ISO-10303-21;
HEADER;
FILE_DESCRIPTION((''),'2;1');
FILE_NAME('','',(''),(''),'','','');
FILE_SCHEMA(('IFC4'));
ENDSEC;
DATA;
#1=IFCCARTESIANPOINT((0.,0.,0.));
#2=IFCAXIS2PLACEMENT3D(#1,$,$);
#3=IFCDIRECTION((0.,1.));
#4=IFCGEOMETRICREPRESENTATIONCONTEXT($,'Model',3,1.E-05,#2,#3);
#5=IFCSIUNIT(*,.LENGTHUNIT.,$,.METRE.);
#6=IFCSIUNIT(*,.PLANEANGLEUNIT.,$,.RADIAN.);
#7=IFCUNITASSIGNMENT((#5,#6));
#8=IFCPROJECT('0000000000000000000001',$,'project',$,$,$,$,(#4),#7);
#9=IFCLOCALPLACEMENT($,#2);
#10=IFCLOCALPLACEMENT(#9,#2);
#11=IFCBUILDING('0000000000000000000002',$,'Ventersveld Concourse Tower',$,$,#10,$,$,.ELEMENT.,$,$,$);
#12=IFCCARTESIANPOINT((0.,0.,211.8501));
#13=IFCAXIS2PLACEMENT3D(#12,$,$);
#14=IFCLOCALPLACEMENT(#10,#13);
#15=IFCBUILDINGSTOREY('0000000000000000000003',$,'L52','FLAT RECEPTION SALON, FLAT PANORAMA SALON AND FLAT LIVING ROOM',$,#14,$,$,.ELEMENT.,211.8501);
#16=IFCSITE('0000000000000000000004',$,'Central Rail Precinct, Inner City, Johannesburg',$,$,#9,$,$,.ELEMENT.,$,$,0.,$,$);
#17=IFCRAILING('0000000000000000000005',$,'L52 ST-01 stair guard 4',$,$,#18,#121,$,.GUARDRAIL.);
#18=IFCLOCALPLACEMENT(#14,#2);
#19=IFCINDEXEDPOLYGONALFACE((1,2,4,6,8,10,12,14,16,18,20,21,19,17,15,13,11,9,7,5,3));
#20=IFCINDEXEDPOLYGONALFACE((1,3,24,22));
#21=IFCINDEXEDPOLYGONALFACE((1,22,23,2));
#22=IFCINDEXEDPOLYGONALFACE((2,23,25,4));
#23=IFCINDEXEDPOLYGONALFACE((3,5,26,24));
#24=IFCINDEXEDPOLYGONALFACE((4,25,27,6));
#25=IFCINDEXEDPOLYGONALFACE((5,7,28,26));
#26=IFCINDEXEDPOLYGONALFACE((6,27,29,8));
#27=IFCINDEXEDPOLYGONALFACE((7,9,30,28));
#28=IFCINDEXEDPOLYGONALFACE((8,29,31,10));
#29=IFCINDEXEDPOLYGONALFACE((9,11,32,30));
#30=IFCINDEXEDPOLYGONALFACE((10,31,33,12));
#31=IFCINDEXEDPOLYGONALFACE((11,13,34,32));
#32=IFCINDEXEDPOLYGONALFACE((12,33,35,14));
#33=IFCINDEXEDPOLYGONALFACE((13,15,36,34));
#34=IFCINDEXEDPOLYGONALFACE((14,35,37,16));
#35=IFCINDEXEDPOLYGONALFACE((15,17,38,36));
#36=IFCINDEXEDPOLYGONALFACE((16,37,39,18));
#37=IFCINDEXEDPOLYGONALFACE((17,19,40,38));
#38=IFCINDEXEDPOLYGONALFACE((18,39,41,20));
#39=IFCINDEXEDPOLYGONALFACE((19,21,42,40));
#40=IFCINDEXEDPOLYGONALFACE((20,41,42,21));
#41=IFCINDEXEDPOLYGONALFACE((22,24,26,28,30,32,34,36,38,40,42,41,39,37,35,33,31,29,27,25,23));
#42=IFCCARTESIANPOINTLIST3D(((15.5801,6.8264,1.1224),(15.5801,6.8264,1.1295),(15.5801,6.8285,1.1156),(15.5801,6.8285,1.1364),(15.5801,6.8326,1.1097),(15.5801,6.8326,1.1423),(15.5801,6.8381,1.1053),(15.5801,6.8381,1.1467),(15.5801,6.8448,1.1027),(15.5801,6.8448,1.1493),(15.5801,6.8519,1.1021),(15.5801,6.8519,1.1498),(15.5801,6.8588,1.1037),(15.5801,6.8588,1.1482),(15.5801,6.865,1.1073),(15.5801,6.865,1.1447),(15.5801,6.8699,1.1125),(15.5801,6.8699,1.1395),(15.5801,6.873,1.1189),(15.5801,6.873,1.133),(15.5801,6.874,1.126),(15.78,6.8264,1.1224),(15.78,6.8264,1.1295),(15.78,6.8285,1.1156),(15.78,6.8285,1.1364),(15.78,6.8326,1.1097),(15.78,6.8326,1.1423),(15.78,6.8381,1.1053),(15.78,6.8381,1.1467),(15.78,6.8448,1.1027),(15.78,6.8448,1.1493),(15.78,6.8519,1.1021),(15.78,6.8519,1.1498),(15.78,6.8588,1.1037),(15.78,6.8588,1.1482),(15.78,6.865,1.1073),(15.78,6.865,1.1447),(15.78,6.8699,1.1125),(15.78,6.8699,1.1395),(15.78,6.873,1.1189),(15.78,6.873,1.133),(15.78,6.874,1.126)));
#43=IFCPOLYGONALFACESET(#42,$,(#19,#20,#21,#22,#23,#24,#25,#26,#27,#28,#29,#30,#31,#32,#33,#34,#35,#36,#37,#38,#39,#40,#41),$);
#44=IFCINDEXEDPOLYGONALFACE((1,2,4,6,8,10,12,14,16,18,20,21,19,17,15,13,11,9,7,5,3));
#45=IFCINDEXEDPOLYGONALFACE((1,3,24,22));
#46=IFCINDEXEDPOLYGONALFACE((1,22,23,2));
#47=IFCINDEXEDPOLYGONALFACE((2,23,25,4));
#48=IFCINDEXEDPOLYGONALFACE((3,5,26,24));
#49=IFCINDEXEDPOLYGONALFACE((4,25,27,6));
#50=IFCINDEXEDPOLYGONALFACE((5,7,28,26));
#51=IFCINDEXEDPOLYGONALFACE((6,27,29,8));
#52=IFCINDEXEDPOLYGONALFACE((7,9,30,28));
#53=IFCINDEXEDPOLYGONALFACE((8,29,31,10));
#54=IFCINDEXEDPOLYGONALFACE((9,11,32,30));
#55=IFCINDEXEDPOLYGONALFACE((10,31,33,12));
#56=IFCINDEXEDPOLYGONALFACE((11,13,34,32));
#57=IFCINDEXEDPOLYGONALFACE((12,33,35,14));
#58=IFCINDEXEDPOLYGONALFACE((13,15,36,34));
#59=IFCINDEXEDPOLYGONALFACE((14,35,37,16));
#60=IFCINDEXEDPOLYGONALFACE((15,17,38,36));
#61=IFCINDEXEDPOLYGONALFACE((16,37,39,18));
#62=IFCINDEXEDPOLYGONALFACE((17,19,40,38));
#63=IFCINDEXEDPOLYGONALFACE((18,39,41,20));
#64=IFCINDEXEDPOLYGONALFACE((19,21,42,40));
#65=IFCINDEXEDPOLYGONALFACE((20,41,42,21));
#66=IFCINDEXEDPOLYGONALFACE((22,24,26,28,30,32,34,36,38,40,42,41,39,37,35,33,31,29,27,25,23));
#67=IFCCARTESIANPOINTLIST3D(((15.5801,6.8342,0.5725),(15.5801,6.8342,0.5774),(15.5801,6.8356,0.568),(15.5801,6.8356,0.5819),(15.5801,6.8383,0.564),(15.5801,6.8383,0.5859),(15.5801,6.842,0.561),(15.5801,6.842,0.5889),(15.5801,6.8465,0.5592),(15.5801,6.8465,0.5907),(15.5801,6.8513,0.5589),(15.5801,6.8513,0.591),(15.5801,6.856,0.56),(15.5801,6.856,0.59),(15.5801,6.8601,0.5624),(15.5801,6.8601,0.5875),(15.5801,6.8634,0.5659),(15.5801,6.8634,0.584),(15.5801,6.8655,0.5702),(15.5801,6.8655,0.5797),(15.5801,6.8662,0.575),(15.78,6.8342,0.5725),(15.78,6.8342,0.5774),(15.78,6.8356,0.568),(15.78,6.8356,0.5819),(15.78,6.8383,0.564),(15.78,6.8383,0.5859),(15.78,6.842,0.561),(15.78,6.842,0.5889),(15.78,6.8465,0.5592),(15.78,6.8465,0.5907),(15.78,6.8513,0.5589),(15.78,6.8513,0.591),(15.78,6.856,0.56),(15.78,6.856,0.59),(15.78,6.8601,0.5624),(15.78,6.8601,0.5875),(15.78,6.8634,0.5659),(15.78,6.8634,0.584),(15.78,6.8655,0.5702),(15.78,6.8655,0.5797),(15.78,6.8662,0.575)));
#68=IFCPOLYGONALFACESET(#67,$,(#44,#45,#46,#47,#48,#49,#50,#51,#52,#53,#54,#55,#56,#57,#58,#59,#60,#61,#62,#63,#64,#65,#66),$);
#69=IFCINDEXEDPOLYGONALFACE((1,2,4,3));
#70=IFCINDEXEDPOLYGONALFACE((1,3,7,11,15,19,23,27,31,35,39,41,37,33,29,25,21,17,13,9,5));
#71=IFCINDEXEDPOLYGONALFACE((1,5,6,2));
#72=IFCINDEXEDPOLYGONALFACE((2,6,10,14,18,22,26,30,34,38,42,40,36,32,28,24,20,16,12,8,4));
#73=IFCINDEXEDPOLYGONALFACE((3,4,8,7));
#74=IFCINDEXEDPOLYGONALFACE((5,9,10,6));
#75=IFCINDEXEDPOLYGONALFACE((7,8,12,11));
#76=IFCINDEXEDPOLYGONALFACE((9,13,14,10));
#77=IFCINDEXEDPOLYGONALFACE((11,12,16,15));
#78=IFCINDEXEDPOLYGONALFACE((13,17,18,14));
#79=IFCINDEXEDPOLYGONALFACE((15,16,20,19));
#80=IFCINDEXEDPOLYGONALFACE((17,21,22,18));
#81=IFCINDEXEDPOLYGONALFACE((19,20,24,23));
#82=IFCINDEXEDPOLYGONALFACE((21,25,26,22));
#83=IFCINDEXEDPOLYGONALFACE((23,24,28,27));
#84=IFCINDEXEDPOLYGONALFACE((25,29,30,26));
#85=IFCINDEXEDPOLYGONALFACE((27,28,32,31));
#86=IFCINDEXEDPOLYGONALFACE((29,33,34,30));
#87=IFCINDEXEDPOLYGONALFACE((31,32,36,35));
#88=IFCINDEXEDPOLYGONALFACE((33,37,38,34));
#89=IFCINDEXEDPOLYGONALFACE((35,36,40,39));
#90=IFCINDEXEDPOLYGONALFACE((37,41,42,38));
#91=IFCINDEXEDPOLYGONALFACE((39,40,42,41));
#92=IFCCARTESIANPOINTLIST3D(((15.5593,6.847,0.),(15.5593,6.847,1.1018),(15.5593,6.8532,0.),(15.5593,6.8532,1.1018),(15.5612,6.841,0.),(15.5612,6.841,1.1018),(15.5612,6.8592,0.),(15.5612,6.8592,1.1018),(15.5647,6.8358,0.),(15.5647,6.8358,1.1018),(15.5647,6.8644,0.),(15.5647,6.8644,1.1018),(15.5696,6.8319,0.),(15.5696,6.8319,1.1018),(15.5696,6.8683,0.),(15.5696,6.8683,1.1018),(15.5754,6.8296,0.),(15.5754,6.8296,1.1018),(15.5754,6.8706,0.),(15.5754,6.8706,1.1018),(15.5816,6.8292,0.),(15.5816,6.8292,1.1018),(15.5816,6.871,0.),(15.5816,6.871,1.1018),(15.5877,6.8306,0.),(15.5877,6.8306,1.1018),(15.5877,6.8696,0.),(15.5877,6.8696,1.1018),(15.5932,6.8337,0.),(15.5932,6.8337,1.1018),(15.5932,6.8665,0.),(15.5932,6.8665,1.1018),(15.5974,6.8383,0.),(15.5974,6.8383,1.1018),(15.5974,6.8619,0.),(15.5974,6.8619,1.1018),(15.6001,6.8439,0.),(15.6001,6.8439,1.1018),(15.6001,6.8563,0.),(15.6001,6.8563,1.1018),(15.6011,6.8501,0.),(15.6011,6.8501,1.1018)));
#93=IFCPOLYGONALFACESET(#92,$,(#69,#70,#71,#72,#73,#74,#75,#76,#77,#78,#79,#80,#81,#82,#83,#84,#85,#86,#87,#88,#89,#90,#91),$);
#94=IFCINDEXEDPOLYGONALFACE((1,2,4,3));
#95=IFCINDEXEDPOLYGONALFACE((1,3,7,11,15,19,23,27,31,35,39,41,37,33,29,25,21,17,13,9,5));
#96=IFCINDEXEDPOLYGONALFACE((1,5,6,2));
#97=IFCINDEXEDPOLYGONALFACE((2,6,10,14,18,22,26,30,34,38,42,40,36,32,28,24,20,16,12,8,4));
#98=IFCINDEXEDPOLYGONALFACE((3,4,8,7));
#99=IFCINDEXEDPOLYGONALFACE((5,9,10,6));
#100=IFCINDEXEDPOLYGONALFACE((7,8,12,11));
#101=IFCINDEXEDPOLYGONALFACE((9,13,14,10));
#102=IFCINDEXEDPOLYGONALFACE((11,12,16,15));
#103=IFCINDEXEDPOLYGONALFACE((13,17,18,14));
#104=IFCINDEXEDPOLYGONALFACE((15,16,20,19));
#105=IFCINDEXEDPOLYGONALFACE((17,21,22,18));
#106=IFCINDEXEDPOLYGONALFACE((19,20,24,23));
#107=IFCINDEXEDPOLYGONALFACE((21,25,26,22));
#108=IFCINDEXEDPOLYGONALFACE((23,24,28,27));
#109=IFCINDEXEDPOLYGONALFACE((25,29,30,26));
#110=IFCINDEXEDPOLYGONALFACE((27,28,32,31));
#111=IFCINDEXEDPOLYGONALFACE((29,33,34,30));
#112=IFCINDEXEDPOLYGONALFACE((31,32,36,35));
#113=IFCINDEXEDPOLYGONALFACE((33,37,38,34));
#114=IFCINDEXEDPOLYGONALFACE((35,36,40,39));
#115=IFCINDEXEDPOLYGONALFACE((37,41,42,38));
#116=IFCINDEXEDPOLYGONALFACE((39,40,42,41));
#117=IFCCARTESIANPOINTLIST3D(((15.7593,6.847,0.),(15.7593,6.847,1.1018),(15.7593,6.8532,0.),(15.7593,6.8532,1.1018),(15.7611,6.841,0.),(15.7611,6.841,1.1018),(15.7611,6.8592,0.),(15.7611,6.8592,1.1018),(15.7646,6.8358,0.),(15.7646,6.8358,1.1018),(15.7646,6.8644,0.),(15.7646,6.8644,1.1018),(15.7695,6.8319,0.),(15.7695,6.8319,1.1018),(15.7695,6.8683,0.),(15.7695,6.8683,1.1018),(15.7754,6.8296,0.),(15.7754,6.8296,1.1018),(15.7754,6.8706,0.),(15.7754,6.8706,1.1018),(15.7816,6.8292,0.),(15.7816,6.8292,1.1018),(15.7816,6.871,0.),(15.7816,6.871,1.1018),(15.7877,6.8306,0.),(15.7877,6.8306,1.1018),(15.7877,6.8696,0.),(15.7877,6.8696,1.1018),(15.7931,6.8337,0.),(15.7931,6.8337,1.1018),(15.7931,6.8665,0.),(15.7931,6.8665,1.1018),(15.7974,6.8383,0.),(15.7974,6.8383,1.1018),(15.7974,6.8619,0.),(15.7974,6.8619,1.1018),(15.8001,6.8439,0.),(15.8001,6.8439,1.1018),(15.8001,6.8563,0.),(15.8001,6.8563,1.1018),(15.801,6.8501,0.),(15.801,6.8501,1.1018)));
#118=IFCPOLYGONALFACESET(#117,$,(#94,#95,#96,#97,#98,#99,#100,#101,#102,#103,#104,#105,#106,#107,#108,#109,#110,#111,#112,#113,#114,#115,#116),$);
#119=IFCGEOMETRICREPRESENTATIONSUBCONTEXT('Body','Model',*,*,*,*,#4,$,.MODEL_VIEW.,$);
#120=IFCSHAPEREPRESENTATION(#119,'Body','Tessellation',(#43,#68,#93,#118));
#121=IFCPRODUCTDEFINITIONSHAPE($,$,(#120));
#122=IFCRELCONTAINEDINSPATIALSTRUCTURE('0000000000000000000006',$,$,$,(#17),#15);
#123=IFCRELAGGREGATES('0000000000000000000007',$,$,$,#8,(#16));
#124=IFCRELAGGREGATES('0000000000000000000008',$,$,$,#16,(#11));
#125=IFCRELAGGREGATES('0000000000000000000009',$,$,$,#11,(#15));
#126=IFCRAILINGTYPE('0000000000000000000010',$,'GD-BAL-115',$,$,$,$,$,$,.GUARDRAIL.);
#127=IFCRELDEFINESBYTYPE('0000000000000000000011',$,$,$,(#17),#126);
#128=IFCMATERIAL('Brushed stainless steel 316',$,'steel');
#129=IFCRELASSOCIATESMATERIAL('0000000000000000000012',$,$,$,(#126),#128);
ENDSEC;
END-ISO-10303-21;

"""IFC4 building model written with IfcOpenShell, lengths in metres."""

from ifc_helpers import new_model, si_unit, direction, frame, origin, origin_2d, place, context, subcontext, project, spatial, circle, extrude, material, type_object, element, save


model = new_model("IFC4")

# Units and contexts
model_context = context("Model", 3, precision=1e-05, world=origin(), true_north=direction((0.0, 1.0)))
body_context = subcontext(model_context, "Body", "Model", "MODEL_VIEW")
ifc_project = project(units=[si_unit("LENGTHUNIT", "METRE"), si_unit("PLANEANGLEUNIT", "RADIAN")], contexts=[model_context])

# Site, building, storey
site_placement = place(None, origin())
site = spatial("IfcSite", under=ifc_project, at=site_placement, Name="Central Rail Precinct, Inner City, Johannesburg", CompositionType="ELEMENT", RefElevation=0.0)
building_placement = place(site_placement, origin())
building = spatial("IfcBuilding", under=site, at=building_placement, Name="Ventersveld Concourse Tower", CompositionType="ELEMENT")
storey_placement = place(building_placement, frame((0.0, 0.0, 211.8501)))
storey = spatial("IfcBuildingStorey", under=building, at=storey_placement, Name="L52", Description="FLAT RECEPTION SALON, FLAT PANORAMA SALON AND FLAT LIVING ROOM", CompositionType="ELEMENT", Elevation=211.8501)

# Shared definitions
ifc_material_1 = material(Name="Brushed stainless steel 316", Category="steel")

# Railing
railing_type_1 = type_object("IfcRailingType", Name="GD-BAL-115", PredefinedType="GUARDRAIL", material=ifc_material_1)
railing_1_placement = place(storey_placement, frame((15.5801, 6.8501, 0.0)))
element("IfcRailing", 1, at=railing_1_placement, inside=storey, type_object=railing_type_1, Name="L52 ST-01 stair guard 4", PredefinedType="GUARDRAIL", context=body_context, shape_type="SweptSolid", body=[
    extrude(circle(Radius=0.0239, at=origin_2d()), frame((0.0, 0.0, 1.126), z_axis=(1.0, 0.0, 0.0), x_axis=(0.0, 1.0, 0.0)), (0.0, 0.0, 1.0), 0.2),
    extrude(circle(Radius=0.0161, at=origin_2d()), frame((0.0, 0.0, 0.575), z_axis=(1.0, 0.0, 0.0), x_axis=(0.0, 1.0, 0.0)), (0.0, 0.0, 1.0), 0.2),
    extrude(circle(Radius=0.021, at=origin_2d()), origin(), (0.0, 0.0, 1.0), 1.1018),
    extrude(circle(Radius=0.021, at=origin_2d()), frame((0.2, 0.0, 0.0)), (0.0, 0.0, 1.0), 1.1018),
])

save(model, "model.ifc")
